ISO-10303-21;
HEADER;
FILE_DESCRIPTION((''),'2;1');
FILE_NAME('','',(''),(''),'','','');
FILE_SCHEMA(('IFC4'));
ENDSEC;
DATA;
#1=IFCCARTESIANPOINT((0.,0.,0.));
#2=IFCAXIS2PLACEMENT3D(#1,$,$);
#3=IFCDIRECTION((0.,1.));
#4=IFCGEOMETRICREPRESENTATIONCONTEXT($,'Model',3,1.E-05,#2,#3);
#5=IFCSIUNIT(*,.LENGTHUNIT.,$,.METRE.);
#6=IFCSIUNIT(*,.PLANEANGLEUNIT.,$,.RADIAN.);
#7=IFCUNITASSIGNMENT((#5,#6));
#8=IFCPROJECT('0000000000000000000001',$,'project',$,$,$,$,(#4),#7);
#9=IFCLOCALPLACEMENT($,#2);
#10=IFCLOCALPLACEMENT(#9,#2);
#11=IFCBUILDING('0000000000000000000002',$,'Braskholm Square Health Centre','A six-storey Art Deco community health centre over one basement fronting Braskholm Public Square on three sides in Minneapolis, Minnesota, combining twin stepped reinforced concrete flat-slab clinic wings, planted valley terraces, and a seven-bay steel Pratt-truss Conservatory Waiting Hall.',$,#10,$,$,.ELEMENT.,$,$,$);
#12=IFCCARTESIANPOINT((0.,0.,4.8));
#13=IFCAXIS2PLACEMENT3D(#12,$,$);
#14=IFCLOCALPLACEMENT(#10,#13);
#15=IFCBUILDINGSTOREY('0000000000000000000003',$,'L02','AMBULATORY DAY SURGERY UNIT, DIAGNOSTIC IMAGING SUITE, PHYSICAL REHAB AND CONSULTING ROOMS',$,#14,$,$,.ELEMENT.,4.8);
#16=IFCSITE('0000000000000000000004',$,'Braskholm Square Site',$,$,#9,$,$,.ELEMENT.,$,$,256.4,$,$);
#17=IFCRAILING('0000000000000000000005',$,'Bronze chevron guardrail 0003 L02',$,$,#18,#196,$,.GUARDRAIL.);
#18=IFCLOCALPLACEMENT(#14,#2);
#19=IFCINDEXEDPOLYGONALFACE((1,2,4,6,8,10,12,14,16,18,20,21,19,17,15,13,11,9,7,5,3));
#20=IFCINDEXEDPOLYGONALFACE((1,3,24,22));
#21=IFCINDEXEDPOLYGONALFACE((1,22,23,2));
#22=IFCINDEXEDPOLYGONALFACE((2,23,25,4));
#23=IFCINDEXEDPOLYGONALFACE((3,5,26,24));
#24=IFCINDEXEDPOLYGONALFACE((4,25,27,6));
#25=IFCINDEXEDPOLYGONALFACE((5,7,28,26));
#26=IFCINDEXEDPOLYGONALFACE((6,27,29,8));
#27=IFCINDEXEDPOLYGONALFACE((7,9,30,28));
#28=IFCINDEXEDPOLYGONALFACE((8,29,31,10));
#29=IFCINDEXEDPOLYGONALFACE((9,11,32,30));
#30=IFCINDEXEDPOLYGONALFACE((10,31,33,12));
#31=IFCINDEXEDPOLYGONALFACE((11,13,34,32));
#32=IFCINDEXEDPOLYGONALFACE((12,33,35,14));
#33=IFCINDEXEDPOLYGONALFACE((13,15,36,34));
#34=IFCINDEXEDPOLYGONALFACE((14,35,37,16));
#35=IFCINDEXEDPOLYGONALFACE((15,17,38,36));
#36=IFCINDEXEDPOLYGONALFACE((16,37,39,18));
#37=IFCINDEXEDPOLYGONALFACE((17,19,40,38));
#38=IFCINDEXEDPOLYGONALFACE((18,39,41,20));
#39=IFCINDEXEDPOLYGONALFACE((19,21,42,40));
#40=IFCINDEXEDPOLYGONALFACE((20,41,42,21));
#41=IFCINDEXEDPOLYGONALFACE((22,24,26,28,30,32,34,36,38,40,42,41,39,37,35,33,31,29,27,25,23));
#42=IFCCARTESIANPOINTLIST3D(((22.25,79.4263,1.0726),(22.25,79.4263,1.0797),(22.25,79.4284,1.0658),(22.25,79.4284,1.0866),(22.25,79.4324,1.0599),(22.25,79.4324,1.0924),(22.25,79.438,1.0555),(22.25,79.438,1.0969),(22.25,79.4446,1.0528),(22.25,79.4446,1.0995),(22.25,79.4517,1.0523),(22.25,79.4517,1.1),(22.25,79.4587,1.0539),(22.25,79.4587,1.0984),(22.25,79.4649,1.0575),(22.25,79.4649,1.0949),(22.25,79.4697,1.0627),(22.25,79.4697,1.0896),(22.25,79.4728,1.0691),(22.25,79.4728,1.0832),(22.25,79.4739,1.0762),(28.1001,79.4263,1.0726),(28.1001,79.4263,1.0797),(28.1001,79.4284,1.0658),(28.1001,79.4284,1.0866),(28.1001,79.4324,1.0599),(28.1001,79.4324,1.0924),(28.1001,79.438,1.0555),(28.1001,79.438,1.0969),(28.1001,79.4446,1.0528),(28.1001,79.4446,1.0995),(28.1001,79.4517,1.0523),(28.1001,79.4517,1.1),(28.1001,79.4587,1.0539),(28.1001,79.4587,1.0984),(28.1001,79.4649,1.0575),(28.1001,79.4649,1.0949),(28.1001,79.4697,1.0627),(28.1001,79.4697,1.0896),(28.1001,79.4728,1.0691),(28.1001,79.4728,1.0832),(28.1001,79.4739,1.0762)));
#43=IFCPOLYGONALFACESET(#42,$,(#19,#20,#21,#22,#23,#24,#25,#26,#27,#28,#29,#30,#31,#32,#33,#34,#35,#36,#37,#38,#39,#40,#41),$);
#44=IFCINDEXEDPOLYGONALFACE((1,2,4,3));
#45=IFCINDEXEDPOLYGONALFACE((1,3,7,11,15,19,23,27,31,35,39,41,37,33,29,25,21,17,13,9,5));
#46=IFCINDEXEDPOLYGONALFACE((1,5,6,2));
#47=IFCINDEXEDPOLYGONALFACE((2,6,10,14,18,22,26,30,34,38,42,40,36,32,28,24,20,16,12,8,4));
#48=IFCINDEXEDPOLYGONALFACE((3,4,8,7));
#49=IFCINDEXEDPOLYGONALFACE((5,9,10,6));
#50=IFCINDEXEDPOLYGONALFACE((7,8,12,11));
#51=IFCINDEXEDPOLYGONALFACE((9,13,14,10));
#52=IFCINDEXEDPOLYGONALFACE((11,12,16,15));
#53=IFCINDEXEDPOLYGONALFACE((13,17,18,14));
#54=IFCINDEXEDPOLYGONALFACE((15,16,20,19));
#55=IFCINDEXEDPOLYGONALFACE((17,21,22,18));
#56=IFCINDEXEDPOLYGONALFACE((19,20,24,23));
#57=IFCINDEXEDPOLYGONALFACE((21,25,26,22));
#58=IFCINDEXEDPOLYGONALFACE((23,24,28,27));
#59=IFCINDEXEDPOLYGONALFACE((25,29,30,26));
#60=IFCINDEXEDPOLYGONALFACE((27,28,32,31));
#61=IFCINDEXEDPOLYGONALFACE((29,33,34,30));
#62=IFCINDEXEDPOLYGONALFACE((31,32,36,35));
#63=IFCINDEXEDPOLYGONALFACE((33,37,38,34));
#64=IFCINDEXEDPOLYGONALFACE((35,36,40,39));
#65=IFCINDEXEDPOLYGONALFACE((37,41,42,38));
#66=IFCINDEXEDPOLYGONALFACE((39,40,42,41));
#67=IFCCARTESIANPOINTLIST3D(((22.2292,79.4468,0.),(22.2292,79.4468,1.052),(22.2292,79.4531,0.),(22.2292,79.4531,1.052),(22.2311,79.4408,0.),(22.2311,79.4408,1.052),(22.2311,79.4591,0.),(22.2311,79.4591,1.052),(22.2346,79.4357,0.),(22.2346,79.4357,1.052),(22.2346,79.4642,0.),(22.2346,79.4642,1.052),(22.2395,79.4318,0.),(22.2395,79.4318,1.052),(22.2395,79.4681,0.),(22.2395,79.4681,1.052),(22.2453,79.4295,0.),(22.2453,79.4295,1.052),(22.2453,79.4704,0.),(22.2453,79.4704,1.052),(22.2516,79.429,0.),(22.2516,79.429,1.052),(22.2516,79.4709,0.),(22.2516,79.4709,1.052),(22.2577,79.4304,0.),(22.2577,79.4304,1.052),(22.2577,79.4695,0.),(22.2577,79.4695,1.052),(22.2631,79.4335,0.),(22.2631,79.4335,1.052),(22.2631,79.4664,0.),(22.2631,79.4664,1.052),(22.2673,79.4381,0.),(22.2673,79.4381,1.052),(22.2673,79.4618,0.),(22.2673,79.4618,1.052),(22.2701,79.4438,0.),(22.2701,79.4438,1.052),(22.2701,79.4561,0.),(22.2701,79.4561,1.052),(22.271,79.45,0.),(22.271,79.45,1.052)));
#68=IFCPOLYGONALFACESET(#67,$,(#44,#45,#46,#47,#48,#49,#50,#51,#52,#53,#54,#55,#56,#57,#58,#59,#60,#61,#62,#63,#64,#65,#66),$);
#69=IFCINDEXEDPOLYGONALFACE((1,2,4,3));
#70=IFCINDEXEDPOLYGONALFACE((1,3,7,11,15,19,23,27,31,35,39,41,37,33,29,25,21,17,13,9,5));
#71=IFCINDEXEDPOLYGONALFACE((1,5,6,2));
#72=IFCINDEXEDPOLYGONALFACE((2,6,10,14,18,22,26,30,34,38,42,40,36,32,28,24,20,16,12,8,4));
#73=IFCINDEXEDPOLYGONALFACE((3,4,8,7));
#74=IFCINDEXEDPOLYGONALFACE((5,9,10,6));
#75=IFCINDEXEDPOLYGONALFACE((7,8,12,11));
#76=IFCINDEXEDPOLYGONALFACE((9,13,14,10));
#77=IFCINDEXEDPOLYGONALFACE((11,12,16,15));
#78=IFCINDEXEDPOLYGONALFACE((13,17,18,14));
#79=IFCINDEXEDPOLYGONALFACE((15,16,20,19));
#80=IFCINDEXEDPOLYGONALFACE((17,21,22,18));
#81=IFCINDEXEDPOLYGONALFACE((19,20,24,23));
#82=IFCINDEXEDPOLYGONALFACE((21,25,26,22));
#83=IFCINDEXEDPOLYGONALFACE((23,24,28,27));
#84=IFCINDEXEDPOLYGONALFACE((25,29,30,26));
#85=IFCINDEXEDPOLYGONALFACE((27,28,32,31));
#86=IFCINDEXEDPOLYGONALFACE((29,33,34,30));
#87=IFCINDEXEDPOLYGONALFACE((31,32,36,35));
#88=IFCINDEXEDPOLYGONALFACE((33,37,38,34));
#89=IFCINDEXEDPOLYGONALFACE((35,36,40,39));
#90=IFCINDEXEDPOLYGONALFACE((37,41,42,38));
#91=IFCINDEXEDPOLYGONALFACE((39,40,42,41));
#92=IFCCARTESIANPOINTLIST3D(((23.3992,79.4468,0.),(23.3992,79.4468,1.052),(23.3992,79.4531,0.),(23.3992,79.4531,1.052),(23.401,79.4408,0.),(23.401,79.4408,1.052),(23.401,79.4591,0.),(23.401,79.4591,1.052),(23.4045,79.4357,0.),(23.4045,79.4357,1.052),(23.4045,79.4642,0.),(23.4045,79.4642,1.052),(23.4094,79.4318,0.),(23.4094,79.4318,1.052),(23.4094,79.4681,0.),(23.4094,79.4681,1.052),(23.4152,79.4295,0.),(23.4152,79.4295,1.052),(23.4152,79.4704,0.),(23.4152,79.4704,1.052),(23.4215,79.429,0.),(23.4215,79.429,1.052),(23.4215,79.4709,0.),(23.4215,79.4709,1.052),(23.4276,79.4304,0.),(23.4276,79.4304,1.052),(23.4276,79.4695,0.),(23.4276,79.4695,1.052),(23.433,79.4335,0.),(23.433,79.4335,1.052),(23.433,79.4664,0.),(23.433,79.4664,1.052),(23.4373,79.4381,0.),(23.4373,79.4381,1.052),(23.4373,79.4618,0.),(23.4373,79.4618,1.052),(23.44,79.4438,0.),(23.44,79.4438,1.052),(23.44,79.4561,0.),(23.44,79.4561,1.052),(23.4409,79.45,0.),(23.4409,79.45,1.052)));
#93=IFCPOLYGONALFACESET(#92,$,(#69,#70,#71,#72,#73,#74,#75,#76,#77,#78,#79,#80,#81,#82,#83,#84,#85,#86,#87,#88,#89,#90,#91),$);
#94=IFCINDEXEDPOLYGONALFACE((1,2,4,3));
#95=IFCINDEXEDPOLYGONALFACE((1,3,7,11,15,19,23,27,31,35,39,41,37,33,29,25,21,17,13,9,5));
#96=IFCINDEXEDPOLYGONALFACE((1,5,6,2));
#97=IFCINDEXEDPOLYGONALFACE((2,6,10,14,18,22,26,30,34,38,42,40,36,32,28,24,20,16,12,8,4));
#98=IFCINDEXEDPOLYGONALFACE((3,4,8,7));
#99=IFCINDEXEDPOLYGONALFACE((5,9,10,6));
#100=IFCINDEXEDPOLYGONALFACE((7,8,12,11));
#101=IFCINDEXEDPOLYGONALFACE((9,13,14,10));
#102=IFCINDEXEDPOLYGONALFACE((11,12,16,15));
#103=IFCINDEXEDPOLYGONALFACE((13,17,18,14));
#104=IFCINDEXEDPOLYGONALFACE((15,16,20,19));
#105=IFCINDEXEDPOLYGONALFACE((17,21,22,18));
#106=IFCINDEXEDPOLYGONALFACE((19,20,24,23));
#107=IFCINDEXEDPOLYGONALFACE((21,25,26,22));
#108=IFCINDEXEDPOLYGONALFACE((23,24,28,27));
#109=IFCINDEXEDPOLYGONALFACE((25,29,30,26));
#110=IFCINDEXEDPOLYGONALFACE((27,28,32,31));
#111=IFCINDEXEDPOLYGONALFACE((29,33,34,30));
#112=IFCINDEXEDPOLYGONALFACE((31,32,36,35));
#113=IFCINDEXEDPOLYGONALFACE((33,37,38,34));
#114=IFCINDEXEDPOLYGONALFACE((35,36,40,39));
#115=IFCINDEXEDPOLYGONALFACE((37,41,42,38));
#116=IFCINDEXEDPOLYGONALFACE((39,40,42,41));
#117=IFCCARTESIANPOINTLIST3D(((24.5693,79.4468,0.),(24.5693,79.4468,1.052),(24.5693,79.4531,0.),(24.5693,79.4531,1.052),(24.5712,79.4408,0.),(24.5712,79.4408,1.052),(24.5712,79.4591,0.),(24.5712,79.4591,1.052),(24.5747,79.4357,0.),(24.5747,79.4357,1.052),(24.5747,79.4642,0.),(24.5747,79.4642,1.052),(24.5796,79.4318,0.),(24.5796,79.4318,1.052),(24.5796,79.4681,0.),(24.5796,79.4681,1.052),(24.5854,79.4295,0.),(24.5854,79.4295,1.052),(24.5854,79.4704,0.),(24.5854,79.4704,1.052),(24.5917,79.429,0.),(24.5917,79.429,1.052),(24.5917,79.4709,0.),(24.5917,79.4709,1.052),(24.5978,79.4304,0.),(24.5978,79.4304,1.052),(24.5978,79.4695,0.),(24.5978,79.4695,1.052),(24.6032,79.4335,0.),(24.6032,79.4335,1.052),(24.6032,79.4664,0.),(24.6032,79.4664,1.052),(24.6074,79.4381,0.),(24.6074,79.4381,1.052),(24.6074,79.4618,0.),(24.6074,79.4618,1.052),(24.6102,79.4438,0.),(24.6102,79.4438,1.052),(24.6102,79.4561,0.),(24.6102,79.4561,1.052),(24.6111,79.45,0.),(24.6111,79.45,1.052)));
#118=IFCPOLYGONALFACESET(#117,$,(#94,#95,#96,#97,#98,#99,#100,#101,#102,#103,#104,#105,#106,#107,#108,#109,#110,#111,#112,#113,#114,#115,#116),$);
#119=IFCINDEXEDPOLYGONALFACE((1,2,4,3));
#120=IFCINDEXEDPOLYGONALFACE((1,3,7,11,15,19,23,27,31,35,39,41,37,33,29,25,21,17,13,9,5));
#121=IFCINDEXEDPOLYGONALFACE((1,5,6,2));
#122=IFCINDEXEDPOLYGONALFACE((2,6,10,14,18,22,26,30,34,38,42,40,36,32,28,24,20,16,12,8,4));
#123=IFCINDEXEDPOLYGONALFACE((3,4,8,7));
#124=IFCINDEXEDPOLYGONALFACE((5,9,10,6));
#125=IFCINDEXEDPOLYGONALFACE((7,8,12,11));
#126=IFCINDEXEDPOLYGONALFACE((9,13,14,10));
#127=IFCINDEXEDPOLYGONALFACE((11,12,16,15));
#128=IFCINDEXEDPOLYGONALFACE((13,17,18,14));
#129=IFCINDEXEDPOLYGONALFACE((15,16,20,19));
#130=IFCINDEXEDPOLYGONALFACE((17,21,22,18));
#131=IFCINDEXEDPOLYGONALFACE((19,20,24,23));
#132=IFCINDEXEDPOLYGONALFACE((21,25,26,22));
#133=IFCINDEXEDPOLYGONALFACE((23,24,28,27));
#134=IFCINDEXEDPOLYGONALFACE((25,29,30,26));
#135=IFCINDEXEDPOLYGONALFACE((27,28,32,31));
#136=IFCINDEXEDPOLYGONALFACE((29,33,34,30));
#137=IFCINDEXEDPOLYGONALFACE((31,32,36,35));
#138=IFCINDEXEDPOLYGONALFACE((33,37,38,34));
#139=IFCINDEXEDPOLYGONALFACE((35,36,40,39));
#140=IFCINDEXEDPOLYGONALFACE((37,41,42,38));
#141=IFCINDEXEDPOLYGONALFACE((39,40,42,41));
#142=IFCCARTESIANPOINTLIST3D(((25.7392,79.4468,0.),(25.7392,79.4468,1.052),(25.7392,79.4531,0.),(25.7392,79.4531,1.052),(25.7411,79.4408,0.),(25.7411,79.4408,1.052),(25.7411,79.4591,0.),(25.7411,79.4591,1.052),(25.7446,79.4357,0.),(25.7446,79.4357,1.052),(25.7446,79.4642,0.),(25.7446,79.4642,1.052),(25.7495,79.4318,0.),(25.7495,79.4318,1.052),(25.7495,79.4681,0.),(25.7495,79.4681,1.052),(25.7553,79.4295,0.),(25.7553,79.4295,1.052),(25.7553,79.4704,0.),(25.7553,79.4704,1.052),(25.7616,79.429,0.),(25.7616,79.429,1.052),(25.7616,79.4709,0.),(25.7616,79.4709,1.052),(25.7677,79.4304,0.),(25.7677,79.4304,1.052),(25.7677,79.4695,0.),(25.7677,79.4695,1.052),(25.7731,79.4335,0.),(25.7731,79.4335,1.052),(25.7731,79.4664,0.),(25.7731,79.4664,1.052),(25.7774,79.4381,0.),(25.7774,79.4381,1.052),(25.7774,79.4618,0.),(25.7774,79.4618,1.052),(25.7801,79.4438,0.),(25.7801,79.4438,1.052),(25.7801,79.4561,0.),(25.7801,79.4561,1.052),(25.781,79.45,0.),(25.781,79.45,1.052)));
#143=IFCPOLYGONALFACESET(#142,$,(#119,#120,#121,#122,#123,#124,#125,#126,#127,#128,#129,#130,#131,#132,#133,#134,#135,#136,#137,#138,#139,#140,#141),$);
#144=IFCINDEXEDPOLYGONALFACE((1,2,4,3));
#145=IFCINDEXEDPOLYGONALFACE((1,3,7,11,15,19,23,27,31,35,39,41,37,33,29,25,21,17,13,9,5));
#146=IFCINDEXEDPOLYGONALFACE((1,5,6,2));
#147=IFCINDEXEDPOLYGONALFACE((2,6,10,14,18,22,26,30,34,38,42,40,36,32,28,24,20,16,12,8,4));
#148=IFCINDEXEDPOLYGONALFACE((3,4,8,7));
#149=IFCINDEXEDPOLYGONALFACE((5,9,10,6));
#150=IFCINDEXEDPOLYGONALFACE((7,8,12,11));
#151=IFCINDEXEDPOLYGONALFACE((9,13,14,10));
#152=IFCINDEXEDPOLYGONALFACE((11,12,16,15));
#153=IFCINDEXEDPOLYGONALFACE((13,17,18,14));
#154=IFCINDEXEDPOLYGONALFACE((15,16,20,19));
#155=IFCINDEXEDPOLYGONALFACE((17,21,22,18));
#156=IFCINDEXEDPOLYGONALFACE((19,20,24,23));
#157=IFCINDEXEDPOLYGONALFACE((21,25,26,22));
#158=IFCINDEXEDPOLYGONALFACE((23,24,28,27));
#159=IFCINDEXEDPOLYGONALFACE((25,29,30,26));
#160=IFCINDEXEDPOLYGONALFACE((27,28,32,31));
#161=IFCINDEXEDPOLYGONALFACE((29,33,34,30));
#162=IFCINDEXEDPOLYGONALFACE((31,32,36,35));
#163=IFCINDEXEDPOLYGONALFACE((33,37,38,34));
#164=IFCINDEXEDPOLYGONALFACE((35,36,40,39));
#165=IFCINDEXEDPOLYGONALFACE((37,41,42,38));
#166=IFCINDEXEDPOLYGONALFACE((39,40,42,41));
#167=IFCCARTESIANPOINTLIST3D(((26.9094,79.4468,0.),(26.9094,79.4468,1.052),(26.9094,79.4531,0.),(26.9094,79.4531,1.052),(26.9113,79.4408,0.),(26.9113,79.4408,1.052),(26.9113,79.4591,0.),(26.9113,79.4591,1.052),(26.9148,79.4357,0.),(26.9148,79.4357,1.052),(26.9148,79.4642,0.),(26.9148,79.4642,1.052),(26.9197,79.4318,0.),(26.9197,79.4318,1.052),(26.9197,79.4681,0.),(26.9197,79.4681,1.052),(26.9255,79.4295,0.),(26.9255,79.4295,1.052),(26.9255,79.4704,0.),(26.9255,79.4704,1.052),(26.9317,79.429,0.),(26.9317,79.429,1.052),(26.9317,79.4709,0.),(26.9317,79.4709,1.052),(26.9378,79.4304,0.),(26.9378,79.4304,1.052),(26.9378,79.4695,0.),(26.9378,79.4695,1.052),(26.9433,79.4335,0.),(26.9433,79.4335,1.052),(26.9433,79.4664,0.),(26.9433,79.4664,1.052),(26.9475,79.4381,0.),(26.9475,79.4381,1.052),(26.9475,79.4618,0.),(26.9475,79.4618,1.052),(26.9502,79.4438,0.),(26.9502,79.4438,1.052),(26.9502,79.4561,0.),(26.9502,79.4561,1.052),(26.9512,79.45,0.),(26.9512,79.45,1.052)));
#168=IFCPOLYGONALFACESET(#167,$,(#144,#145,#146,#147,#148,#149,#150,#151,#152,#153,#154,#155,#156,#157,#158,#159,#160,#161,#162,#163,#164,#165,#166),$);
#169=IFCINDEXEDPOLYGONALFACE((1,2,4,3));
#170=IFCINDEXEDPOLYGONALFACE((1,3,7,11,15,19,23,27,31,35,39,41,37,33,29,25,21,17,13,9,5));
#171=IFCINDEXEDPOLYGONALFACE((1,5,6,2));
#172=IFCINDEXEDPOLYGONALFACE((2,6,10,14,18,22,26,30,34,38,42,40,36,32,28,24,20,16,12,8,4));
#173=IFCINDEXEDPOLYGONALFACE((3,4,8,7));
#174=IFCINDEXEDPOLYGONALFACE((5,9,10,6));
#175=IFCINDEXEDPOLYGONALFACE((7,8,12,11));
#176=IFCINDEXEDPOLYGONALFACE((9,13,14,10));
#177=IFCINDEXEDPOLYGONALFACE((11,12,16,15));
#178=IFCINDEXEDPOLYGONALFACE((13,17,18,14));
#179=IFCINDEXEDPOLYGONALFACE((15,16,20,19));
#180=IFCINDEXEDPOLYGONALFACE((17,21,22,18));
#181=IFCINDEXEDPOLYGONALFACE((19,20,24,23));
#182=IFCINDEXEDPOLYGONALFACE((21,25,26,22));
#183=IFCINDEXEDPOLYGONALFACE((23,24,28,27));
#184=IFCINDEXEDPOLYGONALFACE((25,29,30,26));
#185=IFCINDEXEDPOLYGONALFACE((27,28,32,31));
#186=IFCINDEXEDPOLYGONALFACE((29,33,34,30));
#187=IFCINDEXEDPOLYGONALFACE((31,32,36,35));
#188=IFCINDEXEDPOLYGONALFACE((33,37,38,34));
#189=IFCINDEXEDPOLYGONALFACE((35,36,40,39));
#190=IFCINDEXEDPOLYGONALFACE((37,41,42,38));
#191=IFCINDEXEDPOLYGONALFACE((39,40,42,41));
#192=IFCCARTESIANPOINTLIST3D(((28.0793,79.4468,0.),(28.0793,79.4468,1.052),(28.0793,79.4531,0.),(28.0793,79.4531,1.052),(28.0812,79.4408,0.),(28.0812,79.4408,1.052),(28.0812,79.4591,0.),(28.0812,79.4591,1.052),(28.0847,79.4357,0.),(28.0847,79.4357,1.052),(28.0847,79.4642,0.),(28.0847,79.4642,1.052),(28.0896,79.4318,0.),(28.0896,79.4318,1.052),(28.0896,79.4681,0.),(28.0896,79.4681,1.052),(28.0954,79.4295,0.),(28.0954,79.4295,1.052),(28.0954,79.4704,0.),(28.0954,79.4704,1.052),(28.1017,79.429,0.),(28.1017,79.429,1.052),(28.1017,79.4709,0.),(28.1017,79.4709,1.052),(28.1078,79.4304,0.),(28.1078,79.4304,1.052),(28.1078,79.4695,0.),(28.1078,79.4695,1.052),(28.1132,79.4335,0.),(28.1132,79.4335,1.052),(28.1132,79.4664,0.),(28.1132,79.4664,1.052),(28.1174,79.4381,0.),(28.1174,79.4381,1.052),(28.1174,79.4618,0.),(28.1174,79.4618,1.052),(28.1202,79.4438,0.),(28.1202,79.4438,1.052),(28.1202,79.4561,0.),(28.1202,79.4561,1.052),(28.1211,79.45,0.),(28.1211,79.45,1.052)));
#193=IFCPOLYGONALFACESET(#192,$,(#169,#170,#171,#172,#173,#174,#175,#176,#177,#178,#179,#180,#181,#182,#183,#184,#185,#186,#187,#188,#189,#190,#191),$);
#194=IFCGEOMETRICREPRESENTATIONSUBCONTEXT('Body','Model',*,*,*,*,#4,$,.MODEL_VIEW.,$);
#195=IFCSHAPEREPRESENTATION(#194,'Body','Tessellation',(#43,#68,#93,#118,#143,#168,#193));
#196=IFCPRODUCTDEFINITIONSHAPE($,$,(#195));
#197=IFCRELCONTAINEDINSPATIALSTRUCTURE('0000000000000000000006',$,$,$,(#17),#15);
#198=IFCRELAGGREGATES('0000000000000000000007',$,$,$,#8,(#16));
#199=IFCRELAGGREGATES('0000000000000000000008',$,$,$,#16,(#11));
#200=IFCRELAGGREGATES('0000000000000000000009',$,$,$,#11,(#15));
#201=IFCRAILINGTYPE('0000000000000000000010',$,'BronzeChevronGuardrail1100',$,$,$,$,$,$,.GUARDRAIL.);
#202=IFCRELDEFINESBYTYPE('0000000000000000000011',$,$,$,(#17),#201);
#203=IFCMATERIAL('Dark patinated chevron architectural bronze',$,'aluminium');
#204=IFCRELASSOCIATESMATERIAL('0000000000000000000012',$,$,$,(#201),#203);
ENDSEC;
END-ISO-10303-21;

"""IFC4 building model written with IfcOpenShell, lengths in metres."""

from ifc_helpers import new_model, si_unit, direction, frame, origin, origin_2d, place, context, subcontext, project, spatial, circle, extrude, material, type_object, element, save


model = new_model("IFC4")

# Units and contexts
model_context = context("Model", 3, precision=1e-05, world=origin(), true_north=direction((0.0, 1.0)))
body_context = subcontext(model_context, "Body", "Model", "MODEL_VIEW")
ifc_project = project(units=[si_unit("LENGTHUNIT", "METRE"), si_unit("PLANEANGLEUNIT", "RADIAN")], contexts=[model_context])

# Site, building, storey
site_placement = place(None, origin())
site = spatial("IfcSite", under=ifc_project, at=site_placement, Name="Braskholm Square Site", CompositionType="ELEMENT", RefElevation=256.4)
building_placement = place(site_placement, origin())
building = spatial("IfcBuilding", under=site, at=building_placement, Name="Braskholm Square Health Centre", Description="A six-storey Art Deco community health centre over one basement fronting Braskholm Public Square on three sides in Minneapolis, Minnesota, combining twin stepped reinforced concrete flat-slab clinic wings, planted valley terraces, and a seven-bay steel Pratt-truss Conservatory Waiting Hall.", CompositionType="ELEMENT")
storey_placement = place(building_placement, frame((0.0, 0.0, 4.8)))
storey = spatial("IfcBuildingStorey", under=building, at=storey_placement, Name="L02", Description="AMBULATORY DAY SURGERY UNIT, DIAGNOSTIC IMAGING SUITE, PHYSICAL REHAB AND CONSULTING ROOMS", CompositionType="ELEMENT", Elevation=4.8)

# Railing
ifc_material_1 = material(Name="Dark patinated chevron architectural bronze", Category="aluminium")
railing_type = type_object("IfcRailingType", Name="BronzeChevronGuardrail1100", PredefinedType="GUARDRAIL", material=ifc_material_1)
railing_1_placement = place(storey_placement, frame((22.25, 79.45, 0.0)))
element("IfcRailing", 1, at=railing_1_placement, inside=storey, type_object=railing_type, Name="Bronze chevron guardrail 0003 L02", PredefinedType="GUARDRAIL", context=body_context, shape_type="SweptSolid", body=[
    extrude(circle(Radius=0.0239, at=origin_2d()), frame((0.0, 0.0, 1.0762), z_axis=(1.0, 0.0, 0.0), x_axis=(0.0, 1.0, 0.0)), (0.0, 0.0, 1.0), 5.8501),
    extrude(circle(Radius=0.021, at=origin_2d()), origin(), (0.0, 0.0, 1.0), 1.052),
    extrude(circle(Radius=0.021, at=origin_2d()), frame((1.1699, 0.0, 0.0)), (0.0, 0.0, 1.0), 1.052),
    extrude(circle(Radius=0.021, at=origin_2d()), frame((2.3401, 0.0, 0.0)), (0.0, 0.0, 1.0), 1.052),
    extrude(circle(Radius=0.021, at=origin_2d()), frame((3.51, 0.0, 0.0)), (0.0, 0.0, 1.0), 1.052),
    extrude(circle(Radius=0.021, at=origin_2d()), frame((4.6802, 0.0, 0.0)), (0.0, 0.0, 1.0), 1.052),
    extrude(circle(Radius=0.021, at=origin_2d()), frame((5.8501, 0.0, 0.0)), (0.0, 0.0, 1.0), 1.052),
])

save(model, "model.ifc")
